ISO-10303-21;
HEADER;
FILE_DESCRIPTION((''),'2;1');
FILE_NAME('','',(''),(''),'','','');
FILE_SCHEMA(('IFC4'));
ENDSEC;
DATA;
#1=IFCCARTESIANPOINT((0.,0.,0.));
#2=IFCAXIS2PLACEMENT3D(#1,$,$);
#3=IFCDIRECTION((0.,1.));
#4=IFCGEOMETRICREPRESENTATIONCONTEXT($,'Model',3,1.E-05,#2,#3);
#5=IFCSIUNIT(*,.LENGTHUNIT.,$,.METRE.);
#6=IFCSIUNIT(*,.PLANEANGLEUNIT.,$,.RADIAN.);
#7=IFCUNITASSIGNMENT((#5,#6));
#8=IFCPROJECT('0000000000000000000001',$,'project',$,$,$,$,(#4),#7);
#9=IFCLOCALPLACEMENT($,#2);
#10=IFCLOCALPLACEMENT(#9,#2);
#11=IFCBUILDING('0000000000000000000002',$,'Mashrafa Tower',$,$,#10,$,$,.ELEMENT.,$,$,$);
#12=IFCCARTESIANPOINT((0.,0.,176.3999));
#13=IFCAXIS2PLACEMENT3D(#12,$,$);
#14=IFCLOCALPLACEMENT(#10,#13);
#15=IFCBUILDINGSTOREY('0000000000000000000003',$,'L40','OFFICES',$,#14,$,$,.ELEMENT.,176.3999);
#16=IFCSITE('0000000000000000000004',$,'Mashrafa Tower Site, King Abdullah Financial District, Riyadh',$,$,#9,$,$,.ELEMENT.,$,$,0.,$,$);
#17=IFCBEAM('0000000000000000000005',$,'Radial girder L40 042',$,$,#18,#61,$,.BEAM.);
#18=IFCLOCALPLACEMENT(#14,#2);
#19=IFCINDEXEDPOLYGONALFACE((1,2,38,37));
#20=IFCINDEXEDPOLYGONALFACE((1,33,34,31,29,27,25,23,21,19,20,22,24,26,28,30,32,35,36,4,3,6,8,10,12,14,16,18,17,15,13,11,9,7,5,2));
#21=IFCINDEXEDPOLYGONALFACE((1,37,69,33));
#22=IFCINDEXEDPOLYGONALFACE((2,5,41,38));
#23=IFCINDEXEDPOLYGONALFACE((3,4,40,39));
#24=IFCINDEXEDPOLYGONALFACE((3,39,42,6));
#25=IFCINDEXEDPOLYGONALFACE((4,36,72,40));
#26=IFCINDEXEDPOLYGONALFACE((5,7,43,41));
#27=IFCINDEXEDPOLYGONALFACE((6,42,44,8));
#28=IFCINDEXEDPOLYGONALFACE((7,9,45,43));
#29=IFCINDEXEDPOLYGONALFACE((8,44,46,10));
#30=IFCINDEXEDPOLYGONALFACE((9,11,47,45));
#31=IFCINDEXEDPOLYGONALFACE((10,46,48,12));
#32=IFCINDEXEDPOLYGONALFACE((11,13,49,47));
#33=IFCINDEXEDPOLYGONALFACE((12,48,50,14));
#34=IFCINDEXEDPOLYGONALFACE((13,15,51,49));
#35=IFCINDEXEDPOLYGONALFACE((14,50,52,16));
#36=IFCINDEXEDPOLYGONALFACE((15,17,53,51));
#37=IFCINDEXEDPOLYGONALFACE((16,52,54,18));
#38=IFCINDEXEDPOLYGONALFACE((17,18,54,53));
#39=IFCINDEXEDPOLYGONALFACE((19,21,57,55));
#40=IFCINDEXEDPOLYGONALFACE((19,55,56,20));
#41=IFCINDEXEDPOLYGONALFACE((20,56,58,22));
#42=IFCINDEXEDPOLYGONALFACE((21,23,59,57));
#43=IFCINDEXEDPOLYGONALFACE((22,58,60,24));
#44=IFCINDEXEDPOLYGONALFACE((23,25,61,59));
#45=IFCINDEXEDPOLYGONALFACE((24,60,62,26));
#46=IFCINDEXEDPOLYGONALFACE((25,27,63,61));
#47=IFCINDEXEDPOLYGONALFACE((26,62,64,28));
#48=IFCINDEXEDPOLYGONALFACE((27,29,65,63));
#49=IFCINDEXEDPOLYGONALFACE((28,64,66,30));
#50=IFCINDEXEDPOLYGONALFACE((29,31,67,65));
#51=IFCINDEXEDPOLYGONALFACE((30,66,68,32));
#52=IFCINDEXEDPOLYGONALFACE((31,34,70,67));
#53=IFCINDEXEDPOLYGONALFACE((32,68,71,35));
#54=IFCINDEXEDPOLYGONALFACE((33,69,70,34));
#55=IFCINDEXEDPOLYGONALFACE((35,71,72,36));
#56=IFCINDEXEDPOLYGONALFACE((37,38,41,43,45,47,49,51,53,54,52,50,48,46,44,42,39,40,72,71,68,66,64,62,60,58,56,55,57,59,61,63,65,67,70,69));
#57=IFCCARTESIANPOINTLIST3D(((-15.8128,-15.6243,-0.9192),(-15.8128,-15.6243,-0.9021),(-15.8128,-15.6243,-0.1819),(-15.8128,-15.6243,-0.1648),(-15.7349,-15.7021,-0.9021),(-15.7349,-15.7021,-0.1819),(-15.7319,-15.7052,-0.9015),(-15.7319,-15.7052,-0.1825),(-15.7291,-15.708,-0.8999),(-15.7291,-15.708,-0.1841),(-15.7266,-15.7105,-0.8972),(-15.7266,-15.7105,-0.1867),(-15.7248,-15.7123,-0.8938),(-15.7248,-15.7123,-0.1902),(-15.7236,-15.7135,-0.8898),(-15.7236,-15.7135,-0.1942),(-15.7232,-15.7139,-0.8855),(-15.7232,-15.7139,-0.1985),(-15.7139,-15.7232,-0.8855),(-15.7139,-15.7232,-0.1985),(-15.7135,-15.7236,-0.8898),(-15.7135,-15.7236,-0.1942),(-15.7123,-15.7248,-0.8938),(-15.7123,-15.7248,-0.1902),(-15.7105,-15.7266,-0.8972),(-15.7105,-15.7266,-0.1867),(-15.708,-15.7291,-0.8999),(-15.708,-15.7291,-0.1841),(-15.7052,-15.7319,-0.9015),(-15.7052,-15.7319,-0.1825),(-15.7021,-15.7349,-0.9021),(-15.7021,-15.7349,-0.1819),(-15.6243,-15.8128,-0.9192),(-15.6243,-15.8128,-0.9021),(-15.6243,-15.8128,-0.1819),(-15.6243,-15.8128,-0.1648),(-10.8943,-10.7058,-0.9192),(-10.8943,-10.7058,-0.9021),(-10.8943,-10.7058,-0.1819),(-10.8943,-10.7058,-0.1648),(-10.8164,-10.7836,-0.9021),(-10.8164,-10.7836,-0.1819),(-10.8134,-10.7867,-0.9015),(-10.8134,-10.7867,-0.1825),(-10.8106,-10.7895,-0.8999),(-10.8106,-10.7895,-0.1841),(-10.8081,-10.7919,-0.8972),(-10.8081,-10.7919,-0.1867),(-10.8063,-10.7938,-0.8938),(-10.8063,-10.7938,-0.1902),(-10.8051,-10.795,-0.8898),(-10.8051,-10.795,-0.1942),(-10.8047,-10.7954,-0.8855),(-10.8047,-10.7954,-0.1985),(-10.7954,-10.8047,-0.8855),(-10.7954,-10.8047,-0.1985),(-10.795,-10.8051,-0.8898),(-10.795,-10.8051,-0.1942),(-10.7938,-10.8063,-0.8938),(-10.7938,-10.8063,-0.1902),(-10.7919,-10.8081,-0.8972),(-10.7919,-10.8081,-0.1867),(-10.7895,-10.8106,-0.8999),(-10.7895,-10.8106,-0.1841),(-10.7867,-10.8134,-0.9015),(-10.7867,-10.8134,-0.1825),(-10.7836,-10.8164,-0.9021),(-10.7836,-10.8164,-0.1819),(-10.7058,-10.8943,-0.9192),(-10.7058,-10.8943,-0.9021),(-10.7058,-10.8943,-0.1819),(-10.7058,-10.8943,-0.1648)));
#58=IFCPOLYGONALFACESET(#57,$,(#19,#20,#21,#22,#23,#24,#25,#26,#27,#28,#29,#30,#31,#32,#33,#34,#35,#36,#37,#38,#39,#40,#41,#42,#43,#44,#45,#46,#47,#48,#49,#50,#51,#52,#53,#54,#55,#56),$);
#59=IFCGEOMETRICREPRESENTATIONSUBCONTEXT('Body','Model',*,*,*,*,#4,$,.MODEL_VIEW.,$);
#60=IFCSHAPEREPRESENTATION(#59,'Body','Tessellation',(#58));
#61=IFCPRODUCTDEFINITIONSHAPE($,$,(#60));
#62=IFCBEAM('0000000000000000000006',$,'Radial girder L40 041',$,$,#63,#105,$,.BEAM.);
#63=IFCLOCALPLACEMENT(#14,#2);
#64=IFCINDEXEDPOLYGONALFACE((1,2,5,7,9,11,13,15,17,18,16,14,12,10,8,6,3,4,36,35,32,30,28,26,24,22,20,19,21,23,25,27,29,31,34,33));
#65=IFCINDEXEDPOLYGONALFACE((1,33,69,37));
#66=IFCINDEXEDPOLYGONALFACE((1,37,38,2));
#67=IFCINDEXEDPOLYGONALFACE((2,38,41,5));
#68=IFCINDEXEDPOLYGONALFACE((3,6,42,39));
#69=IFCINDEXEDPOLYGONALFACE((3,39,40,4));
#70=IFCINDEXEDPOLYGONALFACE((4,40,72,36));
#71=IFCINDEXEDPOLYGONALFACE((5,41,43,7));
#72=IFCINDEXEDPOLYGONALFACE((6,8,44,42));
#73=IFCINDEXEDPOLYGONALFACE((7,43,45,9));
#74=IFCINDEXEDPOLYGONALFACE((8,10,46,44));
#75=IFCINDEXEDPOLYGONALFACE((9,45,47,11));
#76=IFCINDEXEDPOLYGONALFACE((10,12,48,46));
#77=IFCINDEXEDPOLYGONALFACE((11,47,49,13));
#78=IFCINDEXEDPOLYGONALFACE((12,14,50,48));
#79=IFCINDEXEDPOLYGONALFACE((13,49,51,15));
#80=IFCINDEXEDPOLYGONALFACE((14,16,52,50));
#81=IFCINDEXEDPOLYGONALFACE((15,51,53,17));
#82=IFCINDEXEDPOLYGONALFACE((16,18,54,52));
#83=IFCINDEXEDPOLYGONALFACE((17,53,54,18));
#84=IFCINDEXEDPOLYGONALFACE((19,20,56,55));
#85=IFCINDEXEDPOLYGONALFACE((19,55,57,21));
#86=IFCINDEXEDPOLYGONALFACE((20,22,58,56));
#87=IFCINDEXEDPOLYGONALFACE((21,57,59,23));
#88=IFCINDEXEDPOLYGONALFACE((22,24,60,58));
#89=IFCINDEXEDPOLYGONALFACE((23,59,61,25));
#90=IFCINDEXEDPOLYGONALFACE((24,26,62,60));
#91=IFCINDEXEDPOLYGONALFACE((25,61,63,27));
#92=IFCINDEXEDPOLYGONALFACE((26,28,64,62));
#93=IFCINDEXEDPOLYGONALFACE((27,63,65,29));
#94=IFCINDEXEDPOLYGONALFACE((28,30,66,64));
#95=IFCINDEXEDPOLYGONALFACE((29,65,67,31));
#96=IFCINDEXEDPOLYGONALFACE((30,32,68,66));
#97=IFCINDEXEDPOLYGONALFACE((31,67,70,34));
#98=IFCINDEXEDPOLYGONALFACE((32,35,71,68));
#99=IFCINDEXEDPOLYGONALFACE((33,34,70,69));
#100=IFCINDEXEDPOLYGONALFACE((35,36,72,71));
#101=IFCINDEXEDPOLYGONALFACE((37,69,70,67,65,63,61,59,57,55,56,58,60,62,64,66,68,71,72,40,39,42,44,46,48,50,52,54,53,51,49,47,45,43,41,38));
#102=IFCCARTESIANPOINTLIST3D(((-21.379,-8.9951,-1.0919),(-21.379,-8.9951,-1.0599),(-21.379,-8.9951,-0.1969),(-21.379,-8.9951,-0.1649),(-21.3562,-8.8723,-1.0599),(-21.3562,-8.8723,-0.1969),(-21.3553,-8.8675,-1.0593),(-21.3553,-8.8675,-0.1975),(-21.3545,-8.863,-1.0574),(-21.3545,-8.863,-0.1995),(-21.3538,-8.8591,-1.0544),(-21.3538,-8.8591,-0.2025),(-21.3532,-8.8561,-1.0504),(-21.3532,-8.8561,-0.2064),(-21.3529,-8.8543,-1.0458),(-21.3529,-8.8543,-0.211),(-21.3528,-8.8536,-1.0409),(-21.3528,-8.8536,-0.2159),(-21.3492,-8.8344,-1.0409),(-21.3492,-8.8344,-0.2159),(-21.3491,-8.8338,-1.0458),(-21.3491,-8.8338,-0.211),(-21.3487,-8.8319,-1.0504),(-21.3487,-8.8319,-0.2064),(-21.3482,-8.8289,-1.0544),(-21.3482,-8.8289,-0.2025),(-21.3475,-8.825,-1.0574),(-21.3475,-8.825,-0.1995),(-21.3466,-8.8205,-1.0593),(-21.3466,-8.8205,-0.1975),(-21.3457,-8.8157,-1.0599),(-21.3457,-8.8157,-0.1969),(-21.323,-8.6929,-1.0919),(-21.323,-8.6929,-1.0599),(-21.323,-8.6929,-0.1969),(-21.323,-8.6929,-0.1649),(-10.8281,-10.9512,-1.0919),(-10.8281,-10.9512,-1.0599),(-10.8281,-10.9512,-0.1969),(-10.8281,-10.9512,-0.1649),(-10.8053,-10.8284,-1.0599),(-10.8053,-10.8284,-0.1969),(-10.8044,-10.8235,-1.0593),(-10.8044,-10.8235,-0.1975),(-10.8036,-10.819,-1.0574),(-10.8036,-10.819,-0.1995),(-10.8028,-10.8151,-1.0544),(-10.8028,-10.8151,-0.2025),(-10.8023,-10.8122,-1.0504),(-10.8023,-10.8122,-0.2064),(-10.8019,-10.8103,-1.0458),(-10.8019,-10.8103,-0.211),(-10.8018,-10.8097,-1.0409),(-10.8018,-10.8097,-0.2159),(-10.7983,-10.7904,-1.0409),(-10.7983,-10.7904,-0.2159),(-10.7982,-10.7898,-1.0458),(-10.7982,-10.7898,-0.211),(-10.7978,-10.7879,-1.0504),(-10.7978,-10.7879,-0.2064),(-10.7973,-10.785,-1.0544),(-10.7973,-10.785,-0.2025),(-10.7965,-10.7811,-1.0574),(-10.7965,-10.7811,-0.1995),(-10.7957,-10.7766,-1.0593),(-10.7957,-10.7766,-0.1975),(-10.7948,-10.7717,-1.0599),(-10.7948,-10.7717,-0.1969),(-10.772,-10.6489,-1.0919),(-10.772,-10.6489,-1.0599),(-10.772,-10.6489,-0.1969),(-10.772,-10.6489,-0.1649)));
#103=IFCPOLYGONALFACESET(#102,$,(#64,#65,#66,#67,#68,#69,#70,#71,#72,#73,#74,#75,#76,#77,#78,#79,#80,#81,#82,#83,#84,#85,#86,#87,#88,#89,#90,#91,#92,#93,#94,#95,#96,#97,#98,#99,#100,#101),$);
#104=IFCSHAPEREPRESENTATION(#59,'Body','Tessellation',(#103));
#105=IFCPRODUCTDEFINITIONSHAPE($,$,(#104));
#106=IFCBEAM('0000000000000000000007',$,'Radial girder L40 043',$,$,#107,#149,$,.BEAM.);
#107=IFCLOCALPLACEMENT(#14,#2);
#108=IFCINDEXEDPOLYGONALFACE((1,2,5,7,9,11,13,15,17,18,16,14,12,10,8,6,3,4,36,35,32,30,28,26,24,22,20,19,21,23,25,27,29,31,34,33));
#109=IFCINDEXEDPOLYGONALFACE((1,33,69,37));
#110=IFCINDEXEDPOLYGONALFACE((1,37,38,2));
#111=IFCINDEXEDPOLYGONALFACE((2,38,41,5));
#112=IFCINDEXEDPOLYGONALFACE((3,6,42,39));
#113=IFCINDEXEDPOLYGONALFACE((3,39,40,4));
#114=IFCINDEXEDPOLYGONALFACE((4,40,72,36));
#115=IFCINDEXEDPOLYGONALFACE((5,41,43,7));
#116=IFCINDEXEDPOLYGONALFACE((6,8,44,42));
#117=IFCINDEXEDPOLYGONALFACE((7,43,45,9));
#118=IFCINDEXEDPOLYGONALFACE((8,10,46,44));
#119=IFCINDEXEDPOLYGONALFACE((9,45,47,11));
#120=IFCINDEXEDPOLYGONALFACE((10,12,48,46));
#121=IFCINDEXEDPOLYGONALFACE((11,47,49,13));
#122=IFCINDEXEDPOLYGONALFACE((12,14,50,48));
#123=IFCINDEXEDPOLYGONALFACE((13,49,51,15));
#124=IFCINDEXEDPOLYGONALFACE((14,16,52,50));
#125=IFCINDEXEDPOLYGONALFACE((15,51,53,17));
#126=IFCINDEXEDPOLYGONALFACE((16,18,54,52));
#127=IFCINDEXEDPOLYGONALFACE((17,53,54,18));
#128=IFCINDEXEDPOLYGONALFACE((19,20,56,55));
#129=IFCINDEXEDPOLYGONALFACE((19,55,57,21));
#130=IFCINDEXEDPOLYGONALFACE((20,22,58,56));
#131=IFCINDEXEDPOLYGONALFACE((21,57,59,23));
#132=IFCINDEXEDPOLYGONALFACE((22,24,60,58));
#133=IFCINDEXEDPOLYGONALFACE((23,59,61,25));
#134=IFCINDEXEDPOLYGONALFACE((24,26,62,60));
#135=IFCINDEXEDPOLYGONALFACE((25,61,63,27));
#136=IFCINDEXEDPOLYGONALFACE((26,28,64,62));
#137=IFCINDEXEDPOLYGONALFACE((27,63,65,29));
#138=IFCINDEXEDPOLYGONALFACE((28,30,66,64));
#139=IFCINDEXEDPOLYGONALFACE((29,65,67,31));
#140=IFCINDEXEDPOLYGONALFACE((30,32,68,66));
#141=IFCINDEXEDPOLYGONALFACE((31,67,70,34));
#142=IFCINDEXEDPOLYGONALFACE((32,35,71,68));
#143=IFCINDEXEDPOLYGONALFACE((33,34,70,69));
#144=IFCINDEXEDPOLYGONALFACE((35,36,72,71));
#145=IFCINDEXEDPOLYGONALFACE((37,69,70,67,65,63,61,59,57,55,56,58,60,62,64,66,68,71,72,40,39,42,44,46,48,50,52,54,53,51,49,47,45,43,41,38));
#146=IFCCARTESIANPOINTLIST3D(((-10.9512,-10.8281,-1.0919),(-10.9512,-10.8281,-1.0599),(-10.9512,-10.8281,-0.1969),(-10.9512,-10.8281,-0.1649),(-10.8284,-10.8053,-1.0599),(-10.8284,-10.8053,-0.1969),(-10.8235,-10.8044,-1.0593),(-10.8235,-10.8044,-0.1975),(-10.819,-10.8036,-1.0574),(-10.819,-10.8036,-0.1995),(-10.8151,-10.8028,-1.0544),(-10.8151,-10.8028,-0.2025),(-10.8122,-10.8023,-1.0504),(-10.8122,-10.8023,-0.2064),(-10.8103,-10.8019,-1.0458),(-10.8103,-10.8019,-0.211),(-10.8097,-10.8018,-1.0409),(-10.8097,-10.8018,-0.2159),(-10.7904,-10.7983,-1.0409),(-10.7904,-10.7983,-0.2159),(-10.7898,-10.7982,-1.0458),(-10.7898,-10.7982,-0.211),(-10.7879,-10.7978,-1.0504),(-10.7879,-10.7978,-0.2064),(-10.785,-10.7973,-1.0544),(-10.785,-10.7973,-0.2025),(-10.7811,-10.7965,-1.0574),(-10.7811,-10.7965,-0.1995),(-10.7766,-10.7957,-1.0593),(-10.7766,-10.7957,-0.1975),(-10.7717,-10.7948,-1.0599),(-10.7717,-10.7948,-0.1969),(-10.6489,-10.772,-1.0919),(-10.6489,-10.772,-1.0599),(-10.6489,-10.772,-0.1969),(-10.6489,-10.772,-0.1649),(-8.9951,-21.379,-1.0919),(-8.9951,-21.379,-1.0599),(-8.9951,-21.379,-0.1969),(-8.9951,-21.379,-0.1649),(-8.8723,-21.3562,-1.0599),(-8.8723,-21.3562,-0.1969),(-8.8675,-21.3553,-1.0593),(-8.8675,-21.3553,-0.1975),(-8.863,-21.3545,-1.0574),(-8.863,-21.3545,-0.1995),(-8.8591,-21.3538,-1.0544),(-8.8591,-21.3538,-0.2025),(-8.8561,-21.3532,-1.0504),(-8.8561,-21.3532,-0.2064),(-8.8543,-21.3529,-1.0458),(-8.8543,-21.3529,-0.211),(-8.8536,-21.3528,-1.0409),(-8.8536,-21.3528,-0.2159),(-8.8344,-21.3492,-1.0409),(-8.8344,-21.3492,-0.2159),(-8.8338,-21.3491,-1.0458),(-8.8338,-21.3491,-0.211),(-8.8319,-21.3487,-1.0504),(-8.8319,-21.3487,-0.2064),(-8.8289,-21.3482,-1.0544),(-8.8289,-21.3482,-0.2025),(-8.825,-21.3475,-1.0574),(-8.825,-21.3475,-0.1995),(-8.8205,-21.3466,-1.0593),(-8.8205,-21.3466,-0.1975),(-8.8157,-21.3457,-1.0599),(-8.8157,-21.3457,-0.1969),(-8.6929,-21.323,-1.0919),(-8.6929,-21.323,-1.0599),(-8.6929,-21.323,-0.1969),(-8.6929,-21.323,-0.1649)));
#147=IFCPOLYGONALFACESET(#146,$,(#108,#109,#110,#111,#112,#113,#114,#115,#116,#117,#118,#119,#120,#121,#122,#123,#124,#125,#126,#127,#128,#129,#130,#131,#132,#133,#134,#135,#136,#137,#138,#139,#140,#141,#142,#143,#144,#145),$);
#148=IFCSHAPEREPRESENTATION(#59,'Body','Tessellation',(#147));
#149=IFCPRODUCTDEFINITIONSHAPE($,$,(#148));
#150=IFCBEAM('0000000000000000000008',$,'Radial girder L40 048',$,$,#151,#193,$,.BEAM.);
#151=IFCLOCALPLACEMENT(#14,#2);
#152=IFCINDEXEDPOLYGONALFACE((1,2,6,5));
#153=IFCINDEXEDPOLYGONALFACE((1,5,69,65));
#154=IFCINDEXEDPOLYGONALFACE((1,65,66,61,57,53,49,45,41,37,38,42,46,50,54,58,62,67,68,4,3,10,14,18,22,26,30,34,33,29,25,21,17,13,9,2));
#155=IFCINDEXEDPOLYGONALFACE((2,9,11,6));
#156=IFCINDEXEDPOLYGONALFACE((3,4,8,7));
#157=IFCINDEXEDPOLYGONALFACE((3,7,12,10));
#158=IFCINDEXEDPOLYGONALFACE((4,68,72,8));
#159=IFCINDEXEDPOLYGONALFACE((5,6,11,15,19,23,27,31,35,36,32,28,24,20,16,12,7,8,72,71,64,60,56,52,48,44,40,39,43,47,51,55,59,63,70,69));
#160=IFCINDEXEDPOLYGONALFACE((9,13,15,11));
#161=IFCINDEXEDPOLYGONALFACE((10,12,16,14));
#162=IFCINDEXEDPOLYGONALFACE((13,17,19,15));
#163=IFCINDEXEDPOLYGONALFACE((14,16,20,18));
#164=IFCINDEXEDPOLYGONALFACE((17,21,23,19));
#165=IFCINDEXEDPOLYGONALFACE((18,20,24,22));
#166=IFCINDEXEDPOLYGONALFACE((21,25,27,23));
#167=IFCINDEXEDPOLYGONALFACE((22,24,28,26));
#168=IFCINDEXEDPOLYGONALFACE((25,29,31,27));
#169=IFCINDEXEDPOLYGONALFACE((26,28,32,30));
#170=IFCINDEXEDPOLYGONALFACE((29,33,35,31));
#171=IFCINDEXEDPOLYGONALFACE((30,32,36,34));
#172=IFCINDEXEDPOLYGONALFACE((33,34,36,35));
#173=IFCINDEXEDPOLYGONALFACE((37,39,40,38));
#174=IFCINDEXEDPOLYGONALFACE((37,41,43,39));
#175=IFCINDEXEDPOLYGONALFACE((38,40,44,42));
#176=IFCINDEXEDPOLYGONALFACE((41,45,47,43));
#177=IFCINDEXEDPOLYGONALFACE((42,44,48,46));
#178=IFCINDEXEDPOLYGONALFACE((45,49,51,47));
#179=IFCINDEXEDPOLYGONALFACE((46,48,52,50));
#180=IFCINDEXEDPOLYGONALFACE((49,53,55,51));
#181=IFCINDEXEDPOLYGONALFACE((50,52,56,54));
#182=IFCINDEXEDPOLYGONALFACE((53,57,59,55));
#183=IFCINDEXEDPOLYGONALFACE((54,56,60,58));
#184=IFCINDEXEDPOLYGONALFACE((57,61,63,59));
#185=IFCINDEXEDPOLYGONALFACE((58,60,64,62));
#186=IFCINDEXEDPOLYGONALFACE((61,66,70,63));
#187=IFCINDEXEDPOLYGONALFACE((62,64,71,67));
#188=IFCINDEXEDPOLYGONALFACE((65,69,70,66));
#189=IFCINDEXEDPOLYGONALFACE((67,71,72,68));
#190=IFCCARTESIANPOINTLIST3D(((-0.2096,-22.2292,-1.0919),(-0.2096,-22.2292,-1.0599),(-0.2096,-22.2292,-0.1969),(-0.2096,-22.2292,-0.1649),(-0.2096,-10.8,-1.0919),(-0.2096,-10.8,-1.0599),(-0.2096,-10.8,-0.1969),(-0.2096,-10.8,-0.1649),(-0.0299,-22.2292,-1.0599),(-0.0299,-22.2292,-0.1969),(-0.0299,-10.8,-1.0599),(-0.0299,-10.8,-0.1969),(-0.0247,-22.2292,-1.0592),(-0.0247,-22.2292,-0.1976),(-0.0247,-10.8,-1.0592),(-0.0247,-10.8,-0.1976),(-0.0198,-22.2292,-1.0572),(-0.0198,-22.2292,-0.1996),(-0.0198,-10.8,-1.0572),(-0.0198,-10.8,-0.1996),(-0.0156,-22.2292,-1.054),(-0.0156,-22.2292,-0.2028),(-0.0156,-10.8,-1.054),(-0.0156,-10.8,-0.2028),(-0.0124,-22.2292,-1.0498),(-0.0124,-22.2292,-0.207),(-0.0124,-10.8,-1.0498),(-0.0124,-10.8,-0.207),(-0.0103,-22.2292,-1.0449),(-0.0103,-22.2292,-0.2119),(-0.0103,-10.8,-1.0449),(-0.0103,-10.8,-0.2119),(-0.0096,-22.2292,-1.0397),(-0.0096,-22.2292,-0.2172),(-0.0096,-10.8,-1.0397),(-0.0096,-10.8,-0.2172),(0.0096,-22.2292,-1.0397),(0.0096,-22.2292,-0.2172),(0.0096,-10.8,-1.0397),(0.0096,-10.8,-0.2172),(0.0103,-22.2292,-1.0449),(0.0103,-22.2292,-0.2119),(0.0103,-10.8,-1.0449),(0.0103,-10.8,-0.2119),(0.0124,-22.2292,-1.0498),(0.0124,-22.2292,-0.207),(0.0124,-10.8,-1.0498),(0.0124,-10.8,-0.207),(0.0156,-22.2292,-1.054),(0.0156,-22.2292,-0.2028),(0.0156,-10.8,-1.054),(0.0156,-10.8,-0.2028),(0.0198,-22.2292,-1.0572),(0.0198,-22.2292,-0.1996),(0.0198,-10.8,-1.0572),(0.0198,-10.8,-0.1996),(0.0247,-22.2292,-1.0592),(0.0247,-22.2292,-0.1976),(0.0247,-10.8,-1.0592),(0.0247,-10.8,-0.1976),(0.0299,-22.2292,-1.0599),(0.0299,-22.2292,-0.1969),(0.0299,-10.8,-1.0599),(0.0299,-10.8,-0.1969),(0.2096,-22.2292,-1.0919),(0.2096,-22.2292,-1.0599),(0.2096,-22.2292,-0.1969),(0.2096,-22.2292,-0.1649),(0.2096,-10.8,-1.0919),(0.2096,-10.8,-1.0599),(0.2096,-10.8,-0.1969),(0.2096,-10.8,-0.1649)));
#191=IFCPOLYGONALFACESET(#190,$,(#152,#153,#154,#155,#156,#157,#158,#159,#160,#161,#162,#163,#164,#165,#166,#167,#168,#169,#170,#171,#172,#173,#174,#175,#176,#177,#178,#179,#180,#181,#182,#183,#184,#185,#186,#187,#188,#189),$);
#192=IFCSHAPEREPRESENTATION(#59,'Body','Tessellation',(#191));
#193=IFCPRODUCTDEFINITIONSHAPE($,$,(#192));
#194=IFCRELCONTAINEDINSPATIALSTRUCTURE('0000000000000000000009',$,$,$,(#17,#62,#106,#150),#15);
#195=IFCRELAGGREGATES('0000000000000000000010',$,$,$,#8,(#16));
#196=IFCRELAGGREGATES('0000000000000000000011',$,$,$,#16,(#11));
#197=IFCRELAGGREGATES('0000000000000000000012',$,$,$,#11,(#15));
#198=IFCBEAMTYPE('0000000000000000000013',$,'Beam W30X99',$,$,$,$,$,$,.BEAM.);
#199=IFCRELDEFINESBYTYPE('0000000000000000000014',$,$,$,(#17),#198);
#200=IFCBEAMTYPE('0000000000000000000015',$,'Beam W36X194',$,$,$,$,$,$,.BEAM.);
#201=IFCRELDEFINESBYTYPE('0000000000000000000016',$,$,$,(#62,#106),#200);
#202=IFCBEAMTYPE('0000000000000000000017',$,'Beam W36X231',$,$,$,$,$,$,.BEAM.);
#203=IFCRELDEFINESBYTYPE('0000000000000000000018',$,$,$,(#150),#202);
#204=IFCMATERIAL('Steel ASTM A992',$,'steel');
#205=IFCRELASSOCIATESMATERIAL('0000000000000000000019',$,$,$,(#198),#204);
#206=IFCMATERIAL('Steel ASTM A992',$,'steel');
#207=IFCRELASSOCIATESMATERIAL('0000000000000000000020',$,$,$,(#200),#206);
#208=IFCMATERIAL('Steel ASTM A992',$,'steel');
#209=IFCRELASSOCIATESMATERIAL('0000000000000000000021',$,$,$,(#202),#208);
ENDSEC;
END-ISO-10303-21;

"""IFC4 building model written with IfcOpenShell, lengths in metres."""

from ifc_helpers import new_model, si_unit, direction, frame, origin, origin_2d, place, context, subcontext, project, spatial, i_section, extrude, material, material_profile, profile_set, type_object, element, save


model = new_model("IFC4")

# Units and contexts
model_context = context("Model", 3, precision=1e-05, world=origin(), true_north=direction((0.0, 1.0)))
body_context = subcontext(model_context, "Body", "Model", "MODEL_VIEW")
ifc_project = project(units=[si_unit("LENGTHUNIT", "METRE"), si_unit("PLANEANGLEUNIT", "RADIAN")], contexts=[model_context])

# Site, building, storey
site_placement = place(None, origin())
site = spatial("IfcSite", under=ifc_project, at=site_placement, Name="Mashrafa Tower Site, King Abdullah Financial District, Riyadh", CompositionType="ELEMENT", RefElevation=0.0)
building_placement = place(site_placement, origin())
building = spatial("IfcBuilding", under=site, at=building_placement, Name="Mashrafa Tower", CompositionType="ELEMENT")
storey_placement = place(building_placement, frame((0.0, 0.0, 176.3999)))
storey = spatial("IfcBuildingStorey", under=building, at=storey_placement, Name="L40", Description="OFFICES", CompositionType="ELEMENT", Elevation=176.3999)

# Beams
ifc_material_1 = material(Name="Steel ASTM A992", Category="steel")
ifc_material_profile_1 = material_profile(ifc_material_1, i_section(OverallWidth=0.2666, OverallDepth=0.7544, WebThickness=0.0132, FlangeThickness=0.0171, FilletRadius=0.0166, at=origin_2d()), Name="W30X99")
ifc_profile_set_1 = profile_set([ifc_material_profile_1], Name="Steel ASTM A992")
beam_type_1 = type_object("IfcBeamType", Name="Beam W30X99", PredefinedType="BEAM", material=ifc_profile_set_1)
beam_1_placement = place(storey_placement, frame((-10.8, -10.8, -0.542), z_axis=(-0.707107, -0.707107, 0.0), x_axis=(0.707107, -0.707107, 0.0)))
element("IfcBeam", 1, at=beam_1_placement, inside=storey, type_object=beam_type_1, Name="Radial girder L40 042", PredefinedType="BEAM", context=body_context, shape_type="SweptSolid", body=[
    extrude(i_section(OverallWidth=0.2666, OverallDepth=0.7544, WebThickness=0.0132, FlangeThickness=0.0171, FilletRadius=0.0166, at=origin_2d()), origin(), (0.0, 0.0, 1.0), 6.9558),
])
ifc_material_2 = material(Name="Steel ASTM A992", Category="steel")
ifc_material_profile_2 = material_profile(ifc_material_2, i_section(OverallWidth=0.3074, OverallDepth=0.927, WebThickness=0.0195, FlangeThickness=0.032, FilletRadius=0.019, at=origin_2d()), Name="W36X194")
ifc_profile_set_2 = profile_set([ifc_material_profile_2], Name="Steel ASTM A992")
beam_type_2 = type_object("IfcBeamType", Name="Beam W36X194", PredefinedType="BEAM", material=ifc_profile_set_2)
for number, where, z_axis, x_axis, name in (
    (2, (-10.8, -10.8, -0.6284), (-0.983246, 0.182284, 0.0), (-0.182284, -0.983246, 0.0), "Radial girder L40 041"),
    (3, (-10.8, -10.8, -0.6284), (0.182284, -0.983246, 0.0), (0.983246, 0.182284, 0.0), "Radial girder L40 043"),
):
    element("IfcBeam", number, at=place(storey_placement, frame(where, z_axis=z_axis, x_axis=x_axis)), inside=storey, type_object=beam_type_2, Name=name, PredefinedType="BEAM", context=body_context, shape_type="SweptSolid", body=[
        extrude(i_section(OverallWidth=0.3074, OverallDepth=0.927, WebThickness=0.0195, FlangeThickness=0.032, FilletRadius=0.019, at=origin_2d()), origin(), (0.0, 0.0, 1.0), 10.7307),
    ])
ifc_material_3 = material(Name="Steel ASTM A992", Category="steel")
ifc_material_profile_3 = material_profile(ifc_material_3, i_section(OverallWidth=0.4192, OverallDepth=0.927, WebThickness=0.0193, FlangeThickness=0.032, FilletRadius=0.0203, at=origin_2d()), Name="W36X231")
ifc_profile_set_3 = profile_set([ifc_material_profile_3], Name="Steel ASTM A992")
beam_type_3 = type_object("IfcBeamType", Name="Beam W36X231", PredefinedType="BEAM", material=ifc_profile_set_3)
beam_2_placement = place(storey_placement, frame((0.0, -10.8, -0.6284), z_axis=(0.0, -1.0, 0.0), x_axis=(1.0, 0.0, 0.0)))
element("IfcBeam", 4, at=beam_2_placement, inside=storey, type_object=beam_type_3, Name="Radial girder L40 048", PredefinedType="BEAM", context=body_context, shape_type="SweptSolid", body=[
    extrude(i_section(OverallWidth=0.4192, OverallDepth=0.927, WebThickness=0.0193, FlangeThickness=0.032, FilletRadius=0.0203, at=origin_2d()), origin(), (0.0, 0.0, 1.0), 11.4292),
])

save(model, "model.ifc")
